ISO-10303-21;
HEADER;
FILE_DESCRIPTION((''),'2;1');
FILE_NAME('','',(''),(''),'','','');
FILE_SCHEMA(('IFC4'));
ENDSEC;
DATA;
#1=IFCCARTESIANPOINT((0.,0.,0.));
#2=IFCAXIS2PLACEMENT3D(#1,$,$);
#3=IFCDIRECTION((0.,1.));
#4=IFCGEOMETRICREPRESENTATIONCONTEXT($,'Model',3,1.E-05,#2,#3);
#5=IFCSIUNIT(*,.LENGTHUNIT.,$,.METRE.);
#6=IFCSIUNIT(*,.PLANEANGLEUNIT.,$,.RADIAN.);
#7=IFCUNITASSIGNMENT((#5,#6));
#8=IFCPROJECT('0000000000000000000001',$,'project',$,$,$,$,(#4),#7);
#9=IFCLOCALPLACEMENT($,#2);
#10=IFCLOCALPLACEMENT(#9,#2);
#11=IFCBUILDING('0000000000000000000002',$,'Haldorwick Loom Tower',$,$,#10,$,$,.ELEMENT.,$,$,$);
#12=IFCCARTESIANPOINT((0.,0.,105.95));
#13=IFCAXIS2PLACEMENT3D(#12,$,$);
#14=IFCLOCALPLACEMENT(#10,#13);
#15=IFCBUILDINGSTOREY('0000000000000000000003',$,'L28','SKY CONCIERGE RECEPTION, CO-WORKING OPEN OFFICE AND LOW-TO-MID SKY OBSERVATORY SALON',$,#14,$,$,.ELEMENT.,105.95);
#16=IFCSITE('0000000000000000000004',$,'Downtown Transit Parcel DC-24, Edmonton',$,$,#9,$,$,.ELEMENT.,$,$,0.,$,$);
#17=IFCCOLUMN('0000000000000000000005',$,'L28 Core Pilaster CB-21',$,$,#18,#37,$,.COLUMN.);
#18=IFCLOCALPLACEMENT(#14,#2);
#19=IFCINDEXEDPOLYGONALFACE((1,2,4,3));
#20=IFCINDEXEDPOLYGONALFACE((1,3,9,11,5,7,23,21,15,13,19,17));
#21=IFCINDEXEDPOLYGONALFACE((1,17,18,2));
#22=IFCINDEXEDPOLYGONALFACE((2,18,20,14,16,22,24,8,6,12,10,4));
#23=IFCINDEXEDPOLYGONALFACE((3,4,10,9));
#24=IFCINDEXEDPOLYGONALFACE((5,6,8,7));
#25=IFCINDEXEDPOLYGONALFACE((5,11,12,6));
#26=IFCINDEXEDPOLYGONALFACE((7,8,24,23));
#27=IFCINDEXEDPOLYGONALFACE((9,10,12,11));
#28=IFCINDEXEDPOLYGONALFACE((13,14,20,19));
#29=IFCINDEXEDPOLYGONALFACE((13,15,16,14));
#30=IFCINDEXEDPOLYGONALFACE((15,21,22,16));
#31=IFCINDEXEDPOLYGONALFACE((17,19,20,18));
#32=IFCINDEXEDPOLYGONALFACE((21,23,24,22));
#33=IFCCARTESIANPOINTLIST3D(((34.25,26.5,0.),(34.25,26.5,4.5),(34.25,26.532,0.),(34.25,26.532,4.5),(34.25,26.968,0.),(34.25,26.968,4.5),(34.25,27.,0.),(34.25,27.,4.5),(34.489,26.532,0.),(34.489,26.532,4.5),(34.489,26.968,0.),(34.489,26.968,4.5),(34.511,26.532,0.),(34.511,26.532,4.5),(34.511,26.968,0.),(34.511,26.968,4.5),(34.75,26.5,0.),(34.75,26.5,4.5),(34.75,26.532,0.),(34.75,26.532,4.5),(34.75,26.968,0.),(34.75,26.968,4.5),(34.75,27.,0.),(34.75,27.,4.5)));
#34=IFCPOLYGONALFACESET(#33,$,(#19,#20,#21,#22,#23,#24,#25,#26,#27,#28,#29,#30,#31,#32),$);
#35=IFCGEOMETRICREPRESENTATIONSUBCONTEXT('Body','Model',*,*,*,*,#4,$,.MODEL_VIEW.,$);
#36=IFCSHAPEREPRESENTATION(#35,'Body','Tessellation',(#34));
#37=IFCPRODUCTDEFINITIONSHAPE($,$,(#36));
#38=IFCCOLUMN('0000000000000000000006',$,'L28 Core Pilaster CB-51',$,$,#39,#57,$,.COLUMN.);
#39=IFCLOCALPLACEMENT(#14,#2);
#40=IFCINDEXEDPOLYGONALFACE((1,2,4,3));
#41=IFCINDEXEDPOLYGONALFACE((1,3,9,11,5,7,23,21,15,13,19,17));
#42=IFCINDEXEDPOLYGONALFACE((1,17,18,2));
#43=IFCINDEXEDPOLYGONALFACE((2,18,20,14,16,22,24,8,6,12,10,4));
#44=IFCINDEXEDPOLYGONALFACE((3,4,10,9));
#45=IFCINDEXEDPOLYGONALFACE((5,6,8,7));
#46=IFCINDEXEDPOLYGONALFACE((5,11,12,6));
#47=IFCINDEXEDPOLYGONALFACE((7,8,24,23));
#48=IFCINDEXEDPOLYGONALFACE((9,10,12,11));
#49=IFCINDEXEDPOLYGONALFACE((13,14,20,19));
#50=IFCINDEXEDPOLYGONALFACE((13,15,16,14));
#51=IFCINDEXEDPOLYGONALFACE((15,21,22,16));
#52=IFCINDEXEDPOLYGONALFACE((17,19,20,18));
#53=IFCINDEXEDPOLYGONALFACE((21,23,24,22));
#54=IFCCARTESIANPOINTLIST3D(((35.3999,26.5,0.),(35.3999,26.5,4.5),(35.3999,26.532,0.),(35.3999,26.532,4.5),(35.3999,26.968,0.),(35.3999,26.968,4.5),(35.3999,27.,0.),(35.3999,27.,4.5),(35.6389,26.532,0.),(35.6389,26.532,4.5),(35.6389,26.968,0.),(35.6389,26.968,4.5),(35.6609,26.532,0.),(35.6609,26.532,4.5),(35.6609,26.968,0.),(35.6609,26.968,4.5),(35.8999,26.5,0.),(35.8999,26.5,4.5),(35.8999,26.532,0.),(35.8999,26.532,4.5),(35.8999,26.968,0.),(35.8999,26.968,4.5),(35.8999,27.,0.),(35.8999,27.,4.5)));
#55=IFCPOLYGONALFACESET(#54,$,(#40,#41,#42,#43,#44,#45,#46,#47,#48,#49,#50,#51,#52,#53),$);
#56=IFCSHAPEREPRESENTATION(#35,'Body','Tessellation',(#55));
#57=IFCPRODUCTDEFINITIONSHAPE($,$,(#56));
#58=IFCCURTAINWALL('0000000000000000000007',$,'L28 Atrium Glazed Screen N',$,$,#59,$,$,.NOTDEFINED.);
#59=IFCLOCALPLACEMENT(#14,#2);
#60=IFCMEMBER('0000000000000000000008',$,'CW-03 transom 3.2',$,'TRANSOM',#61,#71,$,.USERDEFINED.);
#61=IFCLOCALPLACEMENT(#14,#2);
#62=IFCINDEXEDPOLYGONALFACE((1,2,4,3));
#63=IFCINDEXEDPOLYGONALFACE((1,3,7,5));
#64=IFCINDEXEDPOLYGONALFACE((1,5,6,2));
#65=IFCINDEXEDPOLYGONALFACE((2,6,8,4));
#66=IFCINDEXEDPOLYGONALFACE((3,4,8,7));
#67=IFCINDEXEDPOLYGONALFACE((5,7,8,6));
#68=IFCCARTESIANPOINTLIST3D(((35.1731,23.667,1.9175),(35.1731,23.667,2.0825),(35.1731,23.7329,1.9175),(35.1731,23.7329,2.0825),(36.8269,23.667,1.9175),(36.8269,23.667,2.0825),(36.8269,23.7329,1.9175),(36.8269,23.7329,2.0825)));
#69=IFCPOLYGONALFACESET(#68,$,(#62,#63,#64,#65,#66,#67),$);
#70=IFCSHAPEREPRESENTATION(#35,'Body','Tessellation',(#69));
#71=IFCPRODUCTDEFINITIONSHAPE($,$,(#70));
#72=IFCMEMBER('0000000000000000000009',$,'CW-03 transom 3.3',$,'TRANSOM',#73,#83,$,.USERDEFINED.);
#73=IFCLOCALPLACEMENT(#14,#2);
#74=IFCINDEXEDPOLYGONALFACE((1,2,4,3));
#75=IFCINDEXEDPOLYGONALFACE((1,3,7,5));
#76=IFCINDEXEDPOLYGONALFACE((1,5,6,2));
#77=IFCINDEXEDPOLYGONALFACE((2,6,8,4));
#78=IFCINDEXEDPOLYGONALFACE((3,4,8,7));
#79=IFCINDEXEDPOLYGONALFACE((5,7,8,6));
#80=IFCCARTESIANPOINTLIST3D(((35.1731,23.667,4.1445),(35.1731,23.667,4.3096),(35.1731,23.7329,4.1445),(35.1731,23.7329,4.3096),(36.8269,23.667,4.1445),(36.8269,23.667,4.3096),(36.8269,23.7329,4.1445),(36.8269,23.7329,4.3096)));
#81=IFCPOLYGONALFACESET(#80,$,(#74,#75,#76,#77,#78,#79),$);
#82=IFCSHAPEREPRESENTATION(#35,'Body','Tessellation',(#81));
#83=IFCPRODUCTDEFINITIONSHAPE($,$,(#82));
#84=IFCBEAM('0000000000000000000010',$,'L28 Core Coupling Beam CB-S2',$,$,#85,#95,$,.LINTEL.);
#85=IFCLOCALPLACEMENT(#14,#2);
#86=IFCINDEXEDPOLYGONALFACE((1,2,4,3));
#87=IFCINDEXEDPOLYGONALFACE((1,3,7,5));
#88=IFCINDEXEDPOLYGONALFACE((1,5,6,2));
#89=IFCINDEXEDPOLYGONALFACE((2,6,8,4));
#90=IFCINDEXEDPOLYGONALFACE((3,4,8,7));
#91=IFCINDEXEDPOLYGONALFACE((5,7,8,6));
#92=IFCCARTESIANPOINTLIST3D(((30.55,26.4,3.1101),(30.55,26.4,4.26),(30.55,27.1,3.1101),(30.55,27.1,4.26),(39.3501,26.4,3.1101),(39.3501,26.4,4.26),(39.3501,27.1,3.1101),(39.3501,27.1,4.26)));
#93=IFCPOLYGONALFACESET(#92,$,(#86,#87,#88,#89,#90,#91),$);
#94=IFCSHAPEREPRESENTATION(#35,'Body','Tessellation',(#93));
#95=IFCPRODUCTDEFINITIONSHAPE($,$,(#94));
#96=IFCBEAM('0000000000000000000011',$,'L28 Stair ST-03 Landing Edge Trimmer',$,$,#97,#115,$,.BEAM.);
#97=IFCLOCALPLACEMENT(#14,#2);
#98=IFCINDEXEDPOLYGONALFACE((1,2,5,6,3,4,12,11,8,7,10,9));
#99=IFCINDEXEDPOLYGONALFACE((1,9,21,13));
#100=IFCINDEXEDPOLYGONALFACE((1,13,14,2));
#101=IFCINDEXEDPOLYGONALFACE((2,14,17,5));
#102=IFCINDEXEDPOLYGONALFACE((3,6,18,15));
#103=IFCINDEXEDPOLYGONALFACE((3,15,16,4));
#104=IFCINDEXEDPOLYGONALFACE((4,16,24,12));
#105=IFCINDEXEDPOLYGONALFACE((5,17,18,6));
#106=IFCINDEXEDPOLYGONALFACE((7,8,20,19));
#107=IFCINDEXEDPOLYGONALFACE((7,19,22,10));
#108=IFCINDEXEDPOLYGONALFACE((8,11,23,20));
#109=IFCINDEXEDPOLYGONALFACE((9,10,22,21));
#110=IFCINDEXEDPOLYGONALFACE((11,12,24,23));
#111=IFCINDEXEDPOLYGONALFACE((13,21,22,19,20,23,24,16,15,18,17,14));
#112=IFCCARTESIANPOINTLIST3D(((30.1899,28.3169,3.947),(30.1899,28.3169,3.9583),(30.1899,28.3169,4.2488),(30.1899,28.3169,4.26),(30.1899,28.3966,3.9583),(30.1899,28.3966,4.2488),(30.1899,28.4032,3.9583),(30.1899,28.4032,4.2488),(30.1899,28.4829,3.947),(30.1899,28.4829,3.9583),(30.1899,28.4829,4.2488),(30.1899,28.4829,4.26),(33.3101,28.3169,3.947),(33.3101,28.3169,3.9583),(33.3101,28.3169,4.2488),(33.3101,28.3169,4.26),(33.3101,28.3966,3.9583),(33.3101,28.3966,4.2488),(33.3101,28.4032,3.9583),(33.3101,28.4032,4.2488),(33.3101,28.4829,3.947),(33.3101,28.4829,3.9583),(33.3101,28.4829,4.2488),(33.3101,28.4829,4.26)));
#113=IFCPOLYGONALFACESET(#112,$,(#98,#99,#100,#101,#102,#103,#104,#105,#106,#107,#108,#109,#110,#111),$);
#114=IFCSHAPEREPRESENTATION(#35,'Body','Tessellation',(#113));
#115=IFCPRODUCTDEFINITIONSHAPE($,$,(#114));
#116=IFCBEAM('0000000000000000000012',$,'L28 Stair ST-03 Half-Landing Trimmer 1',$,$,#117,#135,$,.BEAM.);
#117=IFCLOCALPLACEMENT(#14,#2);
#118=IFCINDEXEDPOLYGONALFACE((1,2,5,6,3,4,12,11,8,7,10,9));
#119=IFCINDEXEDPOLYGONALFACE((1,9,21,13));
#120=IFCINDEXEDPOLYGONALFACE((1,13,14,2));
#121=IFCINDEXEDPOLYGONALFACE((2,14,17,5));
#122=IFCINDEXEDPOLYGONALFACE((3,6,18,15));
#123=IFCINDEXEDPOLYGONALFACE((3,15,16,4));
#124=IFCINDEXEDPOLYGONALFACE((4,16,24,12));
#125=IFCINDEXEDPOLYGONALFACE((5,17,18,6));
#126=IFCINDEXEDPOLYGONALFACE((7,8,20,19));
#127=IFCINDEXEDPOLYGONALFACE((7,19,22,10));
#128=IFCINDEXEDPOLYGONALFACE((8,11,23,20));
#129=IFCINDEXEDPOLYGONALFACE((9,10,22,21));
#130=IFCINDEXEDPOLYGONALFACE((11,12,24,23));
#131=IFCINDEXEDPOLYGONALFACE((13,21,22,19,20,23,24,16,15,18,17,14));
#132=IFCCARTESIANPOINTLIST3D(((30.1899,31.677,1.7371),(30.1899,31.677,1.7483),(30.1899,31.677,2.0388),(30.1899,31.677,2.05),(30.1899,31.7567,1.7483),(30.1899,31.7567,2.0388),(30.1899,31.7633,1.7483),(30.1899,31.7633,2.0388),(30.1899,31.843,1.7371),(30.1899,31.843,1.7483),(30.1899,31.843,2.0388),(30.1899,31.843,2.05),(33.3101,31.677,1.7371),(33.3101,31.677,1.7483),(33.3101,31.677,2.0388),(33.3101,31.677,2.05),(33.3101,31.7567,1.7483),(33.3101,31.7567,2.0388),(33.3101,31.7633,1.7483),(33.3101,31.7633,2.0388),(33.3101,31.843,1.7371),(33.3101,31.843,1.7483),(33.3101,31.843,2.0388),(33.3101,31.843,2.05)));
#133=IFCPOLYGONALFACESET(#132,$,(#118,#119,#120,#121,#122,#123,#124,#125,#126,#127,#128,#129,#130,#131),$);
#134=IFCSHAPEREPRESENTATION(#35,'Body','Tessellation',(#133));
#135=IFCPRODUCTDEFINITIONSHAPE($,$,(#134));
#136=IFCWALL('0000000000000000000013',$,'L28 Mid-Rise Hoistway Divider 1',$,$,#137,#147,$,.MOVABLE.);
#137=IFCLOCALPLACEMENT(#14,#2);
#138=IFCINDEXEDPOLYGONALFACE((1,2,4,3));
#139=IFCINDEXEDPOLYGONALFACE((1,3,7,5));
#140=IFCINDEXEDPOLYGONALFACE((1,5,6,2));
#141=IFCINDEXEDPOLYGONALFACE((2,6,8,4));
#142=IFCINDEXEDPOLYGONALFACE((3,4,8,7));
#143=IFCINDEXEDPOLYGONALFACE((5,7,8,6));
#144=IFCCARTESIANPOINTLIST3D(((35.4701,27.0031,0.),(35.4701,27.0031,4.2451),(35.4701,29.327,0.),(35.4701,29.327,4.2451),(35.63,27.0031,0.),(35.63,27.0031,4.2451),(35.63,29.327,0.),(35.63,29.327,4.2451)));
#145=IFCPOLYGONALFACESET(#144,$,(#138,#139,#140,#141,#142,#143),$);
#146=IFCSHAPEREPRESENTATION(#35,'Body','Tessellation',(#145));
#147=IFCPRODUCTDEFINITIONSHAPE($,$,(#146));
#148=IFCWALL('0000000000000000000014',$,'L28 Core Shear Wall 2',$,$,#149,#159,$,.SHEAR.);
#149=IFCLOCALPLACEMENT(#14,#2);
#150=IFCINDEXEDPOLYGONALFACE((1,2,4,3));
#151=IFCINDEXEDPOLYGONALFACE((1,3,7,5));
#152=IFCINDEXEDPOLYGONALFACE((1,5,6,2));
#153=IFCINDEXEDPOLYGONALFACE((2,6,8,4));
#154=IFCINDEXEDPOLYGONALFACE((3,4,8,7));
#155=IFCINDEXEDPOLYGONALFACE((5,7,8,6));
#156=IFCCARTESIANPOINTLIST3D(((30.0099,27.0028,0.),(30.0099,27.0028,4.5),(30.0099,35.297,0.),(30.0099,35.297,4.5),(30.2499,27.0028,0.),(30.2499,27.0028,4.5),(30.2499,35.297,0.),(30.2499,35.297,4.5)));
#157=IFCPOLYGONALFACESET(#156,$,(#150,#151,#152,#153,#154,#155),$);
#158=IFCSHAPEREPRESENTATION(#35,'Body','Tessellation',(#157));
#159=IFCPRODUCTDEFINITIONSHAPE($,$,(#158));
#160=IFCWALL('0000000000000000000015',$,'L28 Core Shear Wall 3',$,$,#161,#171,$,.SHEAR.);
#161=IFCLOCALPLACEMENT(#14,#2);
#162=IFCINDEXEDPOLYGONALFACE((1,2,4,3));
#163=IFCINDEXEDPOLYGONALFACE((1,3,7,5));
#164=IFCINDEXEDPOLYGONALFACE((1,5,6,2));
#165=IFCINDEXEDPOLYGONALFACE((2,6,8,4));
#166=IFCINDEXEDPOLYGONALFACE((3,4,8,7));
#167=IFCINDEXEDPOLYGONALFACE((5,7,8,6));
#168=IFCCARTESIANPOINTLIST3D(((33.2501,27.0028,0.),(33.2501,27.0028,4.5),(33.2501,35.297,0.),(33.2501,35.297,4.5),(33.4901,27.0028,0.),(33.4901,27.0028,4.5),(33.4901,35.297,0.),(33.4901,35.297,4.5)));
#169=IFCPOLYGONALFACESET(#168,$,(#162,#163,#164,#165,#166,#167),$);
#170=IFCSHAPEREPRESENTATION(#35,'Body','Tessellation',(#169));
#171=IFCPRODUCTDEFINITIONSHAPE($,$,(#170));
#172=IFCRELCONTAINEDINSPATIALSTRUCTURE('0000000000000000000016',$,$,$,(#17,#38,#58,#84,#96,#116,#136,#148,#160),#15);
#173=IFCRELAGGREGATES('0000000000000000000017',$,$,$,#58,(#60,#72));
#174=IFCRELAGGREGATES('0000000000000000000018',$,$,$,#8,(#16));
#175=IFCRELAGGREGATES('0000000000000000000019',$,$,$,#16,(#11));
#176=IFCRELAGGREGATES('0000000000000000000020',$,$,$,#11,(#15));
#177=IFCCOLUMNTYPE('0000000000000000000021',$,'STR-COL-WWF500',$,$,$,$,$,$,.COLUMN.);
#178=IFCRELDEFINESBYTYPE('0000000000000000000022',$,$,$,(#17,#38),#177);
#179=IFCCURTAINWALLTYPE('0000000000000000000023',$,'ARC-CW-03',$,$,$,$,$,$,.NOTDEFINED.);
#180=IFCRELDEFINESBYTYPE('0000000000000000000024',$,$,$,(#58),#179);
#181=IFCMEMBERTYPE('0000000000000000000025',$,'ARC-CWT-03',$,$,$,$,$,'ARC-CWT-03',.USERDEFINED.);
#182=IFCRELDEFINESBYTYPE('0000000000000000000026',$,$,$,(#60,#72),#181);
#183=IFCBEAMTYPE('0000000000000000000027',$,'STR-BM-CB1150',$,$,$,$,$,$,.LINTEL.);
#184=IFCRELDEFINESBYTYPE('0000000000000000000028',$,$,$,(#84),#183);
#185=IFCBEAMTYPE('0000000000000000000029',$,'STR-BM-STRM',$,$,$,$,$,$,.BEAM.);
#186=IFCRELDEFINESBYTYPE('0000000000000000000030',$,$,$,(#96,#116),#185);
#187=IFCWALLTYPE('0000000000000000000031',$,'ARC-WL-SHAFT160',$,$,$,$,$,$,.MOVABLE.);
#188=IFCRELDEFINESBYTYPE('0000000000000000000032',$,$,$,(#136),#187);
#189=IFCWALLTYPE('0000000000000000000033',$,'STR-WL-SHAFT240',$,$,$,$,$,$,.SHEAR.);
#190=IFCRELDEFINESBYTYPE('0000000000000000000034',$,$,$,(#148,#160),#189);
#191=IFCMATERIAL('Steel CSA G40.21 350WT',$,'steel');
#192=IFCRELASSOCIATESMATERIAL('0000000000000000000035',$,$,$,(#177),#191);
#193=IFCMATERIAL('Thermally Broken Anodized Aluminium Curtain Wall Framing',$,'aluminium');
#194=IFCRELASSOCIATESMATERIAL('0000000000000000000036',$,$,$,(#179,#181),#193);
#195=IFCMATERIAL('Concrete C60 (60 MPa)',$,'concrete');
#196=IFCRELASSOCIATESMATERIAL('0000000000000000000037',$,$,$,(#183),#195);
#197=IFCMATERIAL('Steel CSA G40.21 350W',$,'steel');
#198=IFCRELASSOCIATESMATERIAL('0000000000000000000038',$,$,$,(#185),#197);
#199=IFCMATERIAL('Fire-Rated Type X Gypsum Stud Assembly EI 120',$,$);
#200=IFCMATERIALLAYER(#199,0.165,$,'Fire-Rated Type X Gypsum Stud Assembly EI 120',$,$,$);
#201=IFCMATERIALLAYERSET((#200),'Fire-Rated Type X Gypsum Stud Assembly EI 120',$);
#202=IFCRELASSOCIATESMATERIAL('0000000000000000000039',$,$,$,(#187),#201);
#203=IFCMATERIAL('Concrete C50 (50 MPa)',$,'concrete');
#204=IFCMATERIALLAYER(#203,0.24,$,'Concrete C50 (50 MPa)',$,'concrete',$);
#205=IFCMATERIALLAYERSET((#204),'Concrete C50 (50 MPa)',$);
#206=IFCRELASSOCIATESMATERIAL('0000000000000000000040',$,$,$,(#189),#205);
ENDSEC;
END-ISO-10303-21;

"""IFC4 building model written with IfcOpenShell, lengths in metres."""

from ifc_helpers import new_model, si_unit, direction, frame, frame_2d, origin, origin_2d, place, context, subcontext, project, spatial, rectangle, i_section, extrude, material, layer, layer_set, material_profile, profile_set, type_object, element, aggregate, save


model = new_model("IFC4")

# Units and contexts
model_context = context("Model", 3, precision=1e-05, world=origin(), true_north=direction((0.0, 1.0)))
body_context = subcontext(model_context, "Body", "Model", "MODEL_VIEW")
ifc_project = project(units=[si_unit("LENGTHUNIT", "METRE"), si_unit("PLANEANGLEUNIT", "RADIAN")], contexts=[model_context])

# Site, building, storey
site_placement = place(None, origin())
site = spatial("IfcSite", under=ifc_project, at=site_placement, Name="Downtown Transit Parcel DC-24, Edmonton", CompositionType="ELEMENT", RefElevation=0.0)
building_placement = place(site_placement, origin())
building = spatial("IfcBuilding", under=site, at=building_placement, Name="Haldorwick Loom Tower", CompositionType="ELEMENT")
storey_placement = place(building_placement, frame((0.0, 0.0, 105.95)))
storey = spatial("IfcBuildingStorey", under=building, at=storey_placement, Name="L28", Description="SKY CONCIERGE RECEPTION, CO-WORKING OPEN OFFICE AND LOW-TO-MID SKY OBSERVATORY SALON", CompositionType="ELEMENT", Elevation=105.95)

# Columns
ifc_material_1 = material(Name="Steel CSA G40.21 350WT", Category="steel")
ifc_material_profile_1 = material_profile(ifc_material_1, i_section(OverallWidth=0.5, OverallDepth=0.5, WebThickness=0.022, FlangeThickness=0.032, at=origin_2d()), Name="WWF500X500", Category="steel")
ifc_profile_set_1 = profile_set([ifc_material_profile_1], Name="Steel CSA G40.21 350WT")
column_type = type_object("IfcColumnType", Name="STR-COL-WWF500", PredefinedType="COLUMN", material=ifc_profile_set_1)
for number, where, z_axis, x_axis, name in (
    (1, (34.5, 26.75, 0.0), (0.0, 0.0, 1.0), (1.0, 0.0, 0.0), "L28 Core Pilaster CB-21"),
    (2, (35.6499, 26.75, 0.0), (0.0, 0.0, 1.0), (1.0, 0.0, 0.0), "L28 Core Pilaster CB-51"),
):
    element("IfcColumn", number, at=place(storey_placement, frame(where, z_axis=z_axis, x_axis=x_axis)), inside=storey, type_object=column_type, Name=name, PredefinedType="COLUMN", context=body_context, shape_type="SweptSolid", body=[
        extrude(i_section(OverallWidth=0.5, OverallDepth=0.5, WebThickness=0.022, FlangeThickness=0.032, at=origin_2d()), origin(), (0.0, 0.0, 1.0), 4.5),
    ])

# Curtain wall, members
ifc_material_2 = material(Name="Thermally Broken Anodized Aluminium Curtain Wall Framing", Category="aluminium")
curtain_wall_type = type_object("IfcCurtainWallType", Name="ARC-CW-03", PredefinedType="NOTDEFINED", material=ifc_material_2)
curtain_wall_placement = place(storey_placement, origin())
curtain_wall = element("IfcCurtainWall", 3, at=curtain_wall_placement, inside=storey, type_object=curtain_wall_type, Name="L28 Atrium Glazed Screen N", PredefinedType="NOTDEFINED")
ifc_material_profile_2 = material_profile(ifc_material_2, rectangle(XDim=0.0659, YDim=0.165, at=origin_2d()), Name="ALU_TRN_66X165", Category="aluminium")
ifc_profile_set_2 = profile_set([ifc_material_profile_2], Name="Thermally Broken Anodized Aluminium Curtain Wall Framing")
member_type = type_object("IfcMemberType", Name="ARC-CWT-03", ElementType="ARC-CWT-03", PredefinedType="USERDEFINED", material=ifc_profile_set_2)
member_1_placement = place(storey_placement, frame((35.1731, 23.7, 2.0), z_axis=(1.0, 0.0, 0.0), x_axis=(0.0, 1.0, 0.0)))
member_1 = element("IfcMember", 4, at=member_1_placement, type_object=member_type, Name="CW-03 transom 3.2", ObjectType="TRANSOM", PredefinedType="USERDEFINED", context=body_context, shape_type="SweptSolid", body=[
    extrude(rectangle(XDim=0.0659, YDim=0.165, at=origin_2d()), origin(), (0.0, 0.0, 1.0), 1.6538),
])
member_2_placement = place(storey_placement, frame((35.1731, 23.7, 4.2271), z_axis=(1.0, 0.0, 0.0), x_axis=(0.0, 1.0, 0.0)))
member_2 = element("IfcMember", 5, at=member_2_placement, type_object=member_type, Name="CW-03 transom 3.3", ObjectType="TRANSOM", PredefinedType="USERDEFINED", context=body_context, shape_type="SweptSolid", body=[
    extrude(rectangle(XDim=0.0659, YDim=0.165, at=origin_2d()), origin(), (0.0, 0.0, 1.0), 1.6538),
])
aggregate(curtain_wall, [member_1, member_2])

# Beams
ifc_material_3 = material(Name="Concrete C60 (60 MPa)", Category="concrete")
ifc_material_profile_3 = material_profile(ifc_material_3, rectangle(XDim=0.7, YDim=1.1499, at=origin_2d()), Name="RC700X1150", Category="concrete")
ifc_profile_set_3 = profile_set([ifc_material_profile_3], Name="Concrete C60 (60 MPa)")
beam_type_1 = type_object("IfcBeamType", Name="STR-BM-CB1150", PredefinedType="LINTEL", material=ifc_profile_set_3)
beam_placement = place(storey_placement, frame((30.55, 26.75, 3.6851), z_axis=(1.0, 0.0, 0.0), x_axis=(0.0, 1.0, 0.0)))
element("IfcBeam", 6, at=beam_placement, inside=storey, type_object=beam_type_1, Name="L28 Core Coupling Beam CB-S2", PredefinedType="LINTEL", context=body_context, shape_type="SweptSolid", body=[
    extrude(rectangle(XDim=0.7, YDim=1.1499, at=origin_2d()), origin(), (0.0, 0.0, 1.0), 8.8),
])
ifc_material_4 = material(Name="Steel CSA G40.21 350W", Category="steel")
ifc_material_profile_4 = material_profile(ifc_material_4, i_section(OverallWidth=0.166, OverallDepth=0.313, WebThickness=0.0066, FlangeThickness=0.0112, at=origin_2d()), Name="W310X45", Category="steel")
ifc_profile_set_4 = profile_set([ifc_material_profile_4], Name="Steel CSA G40.21 350W")
beam_type_2 = type_object("IfcBeamType", Name="STR-BM-STRM", PredefinedType="BEAM", material=ifc_profile_set_4)
for number, where, z_axis, x_axis, name in (
    (7, (30.1899, 28.3999, 4.1035), (1.0, 0.0, 0.0), (0.0, 1.0, 0.0), "L28 Stair ST-03 Landing Edge Trimmer"),
    (8, (30.1899, 31.76, 1.8936), (1.0, 0.0, 0.0), (0.0, 1.0, 0.0), "L28 Stair ST-03 Half-Landing Trimmer 1"),
):
    element("IfcBeam", number, at=place(storey_placement, frame(where, z_axis=z_axis, x_axis=x_axis)), inside=storey, type_object=beam_type_2, Name=name, PredefinedType="BEAM", context=body_context, shape_type="SweptSolid", body=[
        extrude(i_section(OverallWidth=0.166, OverallDepth=0.313, WebThickness=0.0066, FlangeThickness=0.0112, at=origin_2d()), origin(), (0.0, 0.0, 1.0), 3.1201),
    ])

# Walls
ifc_material_5 = material(Name="Fire-Rated Type X Gypsum Stud Assembly EI 120")
ifc_layer_1 = layer(ifc_material_5, 0.165, Name="Fire-Rated Type X Gypsum Stud Assembly EI 120")
ifc_layer_set_1 = layer_set([ifc_layer_1], Name="Fire-Rated Type X Gypsum Stud Assembly EI 120")
wall_type_1 = type_object("IfcWallType", Name="ARC-WL-SHAFT160", PredefinedType="MOVABLE", material=ifc_layer_set_1)
wall_1_placement = place(storey_placement, frame((35.55, 27.0029, 0.0), z_axis=(0.0, 0.0, 1.0), x_axis=(0.0, 1.0, 0.0)))
element("IfcWall", 9, at=wall_1_placement, inside=storey, type_object=wall_type_1, Name="L28 Mid-Rise Hoistway Divider 1", PredefinedType="MOVABLE", context=body_context, shape_type="SweptSolid", body=[
    extrude(rectangle(XDim=2.324, YDim=0.1599, at=frame_2d((1.1621, 0.0))), origin(), (0.0, 0.0, 1.0), 4.2451),
])
ifc_material_6 = material(Name="Concrete C50 (50 MPa)", Category="concrete")
ifc_layer_2 = layer(ifc_material_6, 0.24, Name="Concrete C50 (50 MPa)", Category="concrete")
ifc_layer_set_2 = layer_set([ifc_layer_2], Name="Concrete C50 (50 MPa)")
wall_type_2 = type_object("IfcWallType", Name="STR-WL-SHAFT240", PredefinedType="SHEAR", material=ifc_layer_set_2)
for number, where, z_axis, x_axis, name in (
    (10, (30.1299, 27.0029, 0.0), (0.0, 0.0, 1.0), (0.0, 1.0, 0.0), "L28 Core Shear Wall 2"),
    (11, (33.3701, 27.0029, 0.0), (0.0, 0.0, 1.0), (0.0, 1.0, 0.0), "L28 Core Shear Wall 3"),
):
    element("IfcWall", number, at=place(storey_placement, frame(where, z_axis=z_axis, x_axis=x_axis)), inside=storey, type_object=wall_type_2, Name=name, PredefinedType="SHEAR", context=body_context, shape_type="SweptSolid", body=[
        extrude(rectangle(XDim=8.2942, YDim=0.24, at=frame_2d((4.147, 0.0))), origin(), (0.0, 0.0, 1.0), 4.5),
    ])

save(model, "model.ifc")
